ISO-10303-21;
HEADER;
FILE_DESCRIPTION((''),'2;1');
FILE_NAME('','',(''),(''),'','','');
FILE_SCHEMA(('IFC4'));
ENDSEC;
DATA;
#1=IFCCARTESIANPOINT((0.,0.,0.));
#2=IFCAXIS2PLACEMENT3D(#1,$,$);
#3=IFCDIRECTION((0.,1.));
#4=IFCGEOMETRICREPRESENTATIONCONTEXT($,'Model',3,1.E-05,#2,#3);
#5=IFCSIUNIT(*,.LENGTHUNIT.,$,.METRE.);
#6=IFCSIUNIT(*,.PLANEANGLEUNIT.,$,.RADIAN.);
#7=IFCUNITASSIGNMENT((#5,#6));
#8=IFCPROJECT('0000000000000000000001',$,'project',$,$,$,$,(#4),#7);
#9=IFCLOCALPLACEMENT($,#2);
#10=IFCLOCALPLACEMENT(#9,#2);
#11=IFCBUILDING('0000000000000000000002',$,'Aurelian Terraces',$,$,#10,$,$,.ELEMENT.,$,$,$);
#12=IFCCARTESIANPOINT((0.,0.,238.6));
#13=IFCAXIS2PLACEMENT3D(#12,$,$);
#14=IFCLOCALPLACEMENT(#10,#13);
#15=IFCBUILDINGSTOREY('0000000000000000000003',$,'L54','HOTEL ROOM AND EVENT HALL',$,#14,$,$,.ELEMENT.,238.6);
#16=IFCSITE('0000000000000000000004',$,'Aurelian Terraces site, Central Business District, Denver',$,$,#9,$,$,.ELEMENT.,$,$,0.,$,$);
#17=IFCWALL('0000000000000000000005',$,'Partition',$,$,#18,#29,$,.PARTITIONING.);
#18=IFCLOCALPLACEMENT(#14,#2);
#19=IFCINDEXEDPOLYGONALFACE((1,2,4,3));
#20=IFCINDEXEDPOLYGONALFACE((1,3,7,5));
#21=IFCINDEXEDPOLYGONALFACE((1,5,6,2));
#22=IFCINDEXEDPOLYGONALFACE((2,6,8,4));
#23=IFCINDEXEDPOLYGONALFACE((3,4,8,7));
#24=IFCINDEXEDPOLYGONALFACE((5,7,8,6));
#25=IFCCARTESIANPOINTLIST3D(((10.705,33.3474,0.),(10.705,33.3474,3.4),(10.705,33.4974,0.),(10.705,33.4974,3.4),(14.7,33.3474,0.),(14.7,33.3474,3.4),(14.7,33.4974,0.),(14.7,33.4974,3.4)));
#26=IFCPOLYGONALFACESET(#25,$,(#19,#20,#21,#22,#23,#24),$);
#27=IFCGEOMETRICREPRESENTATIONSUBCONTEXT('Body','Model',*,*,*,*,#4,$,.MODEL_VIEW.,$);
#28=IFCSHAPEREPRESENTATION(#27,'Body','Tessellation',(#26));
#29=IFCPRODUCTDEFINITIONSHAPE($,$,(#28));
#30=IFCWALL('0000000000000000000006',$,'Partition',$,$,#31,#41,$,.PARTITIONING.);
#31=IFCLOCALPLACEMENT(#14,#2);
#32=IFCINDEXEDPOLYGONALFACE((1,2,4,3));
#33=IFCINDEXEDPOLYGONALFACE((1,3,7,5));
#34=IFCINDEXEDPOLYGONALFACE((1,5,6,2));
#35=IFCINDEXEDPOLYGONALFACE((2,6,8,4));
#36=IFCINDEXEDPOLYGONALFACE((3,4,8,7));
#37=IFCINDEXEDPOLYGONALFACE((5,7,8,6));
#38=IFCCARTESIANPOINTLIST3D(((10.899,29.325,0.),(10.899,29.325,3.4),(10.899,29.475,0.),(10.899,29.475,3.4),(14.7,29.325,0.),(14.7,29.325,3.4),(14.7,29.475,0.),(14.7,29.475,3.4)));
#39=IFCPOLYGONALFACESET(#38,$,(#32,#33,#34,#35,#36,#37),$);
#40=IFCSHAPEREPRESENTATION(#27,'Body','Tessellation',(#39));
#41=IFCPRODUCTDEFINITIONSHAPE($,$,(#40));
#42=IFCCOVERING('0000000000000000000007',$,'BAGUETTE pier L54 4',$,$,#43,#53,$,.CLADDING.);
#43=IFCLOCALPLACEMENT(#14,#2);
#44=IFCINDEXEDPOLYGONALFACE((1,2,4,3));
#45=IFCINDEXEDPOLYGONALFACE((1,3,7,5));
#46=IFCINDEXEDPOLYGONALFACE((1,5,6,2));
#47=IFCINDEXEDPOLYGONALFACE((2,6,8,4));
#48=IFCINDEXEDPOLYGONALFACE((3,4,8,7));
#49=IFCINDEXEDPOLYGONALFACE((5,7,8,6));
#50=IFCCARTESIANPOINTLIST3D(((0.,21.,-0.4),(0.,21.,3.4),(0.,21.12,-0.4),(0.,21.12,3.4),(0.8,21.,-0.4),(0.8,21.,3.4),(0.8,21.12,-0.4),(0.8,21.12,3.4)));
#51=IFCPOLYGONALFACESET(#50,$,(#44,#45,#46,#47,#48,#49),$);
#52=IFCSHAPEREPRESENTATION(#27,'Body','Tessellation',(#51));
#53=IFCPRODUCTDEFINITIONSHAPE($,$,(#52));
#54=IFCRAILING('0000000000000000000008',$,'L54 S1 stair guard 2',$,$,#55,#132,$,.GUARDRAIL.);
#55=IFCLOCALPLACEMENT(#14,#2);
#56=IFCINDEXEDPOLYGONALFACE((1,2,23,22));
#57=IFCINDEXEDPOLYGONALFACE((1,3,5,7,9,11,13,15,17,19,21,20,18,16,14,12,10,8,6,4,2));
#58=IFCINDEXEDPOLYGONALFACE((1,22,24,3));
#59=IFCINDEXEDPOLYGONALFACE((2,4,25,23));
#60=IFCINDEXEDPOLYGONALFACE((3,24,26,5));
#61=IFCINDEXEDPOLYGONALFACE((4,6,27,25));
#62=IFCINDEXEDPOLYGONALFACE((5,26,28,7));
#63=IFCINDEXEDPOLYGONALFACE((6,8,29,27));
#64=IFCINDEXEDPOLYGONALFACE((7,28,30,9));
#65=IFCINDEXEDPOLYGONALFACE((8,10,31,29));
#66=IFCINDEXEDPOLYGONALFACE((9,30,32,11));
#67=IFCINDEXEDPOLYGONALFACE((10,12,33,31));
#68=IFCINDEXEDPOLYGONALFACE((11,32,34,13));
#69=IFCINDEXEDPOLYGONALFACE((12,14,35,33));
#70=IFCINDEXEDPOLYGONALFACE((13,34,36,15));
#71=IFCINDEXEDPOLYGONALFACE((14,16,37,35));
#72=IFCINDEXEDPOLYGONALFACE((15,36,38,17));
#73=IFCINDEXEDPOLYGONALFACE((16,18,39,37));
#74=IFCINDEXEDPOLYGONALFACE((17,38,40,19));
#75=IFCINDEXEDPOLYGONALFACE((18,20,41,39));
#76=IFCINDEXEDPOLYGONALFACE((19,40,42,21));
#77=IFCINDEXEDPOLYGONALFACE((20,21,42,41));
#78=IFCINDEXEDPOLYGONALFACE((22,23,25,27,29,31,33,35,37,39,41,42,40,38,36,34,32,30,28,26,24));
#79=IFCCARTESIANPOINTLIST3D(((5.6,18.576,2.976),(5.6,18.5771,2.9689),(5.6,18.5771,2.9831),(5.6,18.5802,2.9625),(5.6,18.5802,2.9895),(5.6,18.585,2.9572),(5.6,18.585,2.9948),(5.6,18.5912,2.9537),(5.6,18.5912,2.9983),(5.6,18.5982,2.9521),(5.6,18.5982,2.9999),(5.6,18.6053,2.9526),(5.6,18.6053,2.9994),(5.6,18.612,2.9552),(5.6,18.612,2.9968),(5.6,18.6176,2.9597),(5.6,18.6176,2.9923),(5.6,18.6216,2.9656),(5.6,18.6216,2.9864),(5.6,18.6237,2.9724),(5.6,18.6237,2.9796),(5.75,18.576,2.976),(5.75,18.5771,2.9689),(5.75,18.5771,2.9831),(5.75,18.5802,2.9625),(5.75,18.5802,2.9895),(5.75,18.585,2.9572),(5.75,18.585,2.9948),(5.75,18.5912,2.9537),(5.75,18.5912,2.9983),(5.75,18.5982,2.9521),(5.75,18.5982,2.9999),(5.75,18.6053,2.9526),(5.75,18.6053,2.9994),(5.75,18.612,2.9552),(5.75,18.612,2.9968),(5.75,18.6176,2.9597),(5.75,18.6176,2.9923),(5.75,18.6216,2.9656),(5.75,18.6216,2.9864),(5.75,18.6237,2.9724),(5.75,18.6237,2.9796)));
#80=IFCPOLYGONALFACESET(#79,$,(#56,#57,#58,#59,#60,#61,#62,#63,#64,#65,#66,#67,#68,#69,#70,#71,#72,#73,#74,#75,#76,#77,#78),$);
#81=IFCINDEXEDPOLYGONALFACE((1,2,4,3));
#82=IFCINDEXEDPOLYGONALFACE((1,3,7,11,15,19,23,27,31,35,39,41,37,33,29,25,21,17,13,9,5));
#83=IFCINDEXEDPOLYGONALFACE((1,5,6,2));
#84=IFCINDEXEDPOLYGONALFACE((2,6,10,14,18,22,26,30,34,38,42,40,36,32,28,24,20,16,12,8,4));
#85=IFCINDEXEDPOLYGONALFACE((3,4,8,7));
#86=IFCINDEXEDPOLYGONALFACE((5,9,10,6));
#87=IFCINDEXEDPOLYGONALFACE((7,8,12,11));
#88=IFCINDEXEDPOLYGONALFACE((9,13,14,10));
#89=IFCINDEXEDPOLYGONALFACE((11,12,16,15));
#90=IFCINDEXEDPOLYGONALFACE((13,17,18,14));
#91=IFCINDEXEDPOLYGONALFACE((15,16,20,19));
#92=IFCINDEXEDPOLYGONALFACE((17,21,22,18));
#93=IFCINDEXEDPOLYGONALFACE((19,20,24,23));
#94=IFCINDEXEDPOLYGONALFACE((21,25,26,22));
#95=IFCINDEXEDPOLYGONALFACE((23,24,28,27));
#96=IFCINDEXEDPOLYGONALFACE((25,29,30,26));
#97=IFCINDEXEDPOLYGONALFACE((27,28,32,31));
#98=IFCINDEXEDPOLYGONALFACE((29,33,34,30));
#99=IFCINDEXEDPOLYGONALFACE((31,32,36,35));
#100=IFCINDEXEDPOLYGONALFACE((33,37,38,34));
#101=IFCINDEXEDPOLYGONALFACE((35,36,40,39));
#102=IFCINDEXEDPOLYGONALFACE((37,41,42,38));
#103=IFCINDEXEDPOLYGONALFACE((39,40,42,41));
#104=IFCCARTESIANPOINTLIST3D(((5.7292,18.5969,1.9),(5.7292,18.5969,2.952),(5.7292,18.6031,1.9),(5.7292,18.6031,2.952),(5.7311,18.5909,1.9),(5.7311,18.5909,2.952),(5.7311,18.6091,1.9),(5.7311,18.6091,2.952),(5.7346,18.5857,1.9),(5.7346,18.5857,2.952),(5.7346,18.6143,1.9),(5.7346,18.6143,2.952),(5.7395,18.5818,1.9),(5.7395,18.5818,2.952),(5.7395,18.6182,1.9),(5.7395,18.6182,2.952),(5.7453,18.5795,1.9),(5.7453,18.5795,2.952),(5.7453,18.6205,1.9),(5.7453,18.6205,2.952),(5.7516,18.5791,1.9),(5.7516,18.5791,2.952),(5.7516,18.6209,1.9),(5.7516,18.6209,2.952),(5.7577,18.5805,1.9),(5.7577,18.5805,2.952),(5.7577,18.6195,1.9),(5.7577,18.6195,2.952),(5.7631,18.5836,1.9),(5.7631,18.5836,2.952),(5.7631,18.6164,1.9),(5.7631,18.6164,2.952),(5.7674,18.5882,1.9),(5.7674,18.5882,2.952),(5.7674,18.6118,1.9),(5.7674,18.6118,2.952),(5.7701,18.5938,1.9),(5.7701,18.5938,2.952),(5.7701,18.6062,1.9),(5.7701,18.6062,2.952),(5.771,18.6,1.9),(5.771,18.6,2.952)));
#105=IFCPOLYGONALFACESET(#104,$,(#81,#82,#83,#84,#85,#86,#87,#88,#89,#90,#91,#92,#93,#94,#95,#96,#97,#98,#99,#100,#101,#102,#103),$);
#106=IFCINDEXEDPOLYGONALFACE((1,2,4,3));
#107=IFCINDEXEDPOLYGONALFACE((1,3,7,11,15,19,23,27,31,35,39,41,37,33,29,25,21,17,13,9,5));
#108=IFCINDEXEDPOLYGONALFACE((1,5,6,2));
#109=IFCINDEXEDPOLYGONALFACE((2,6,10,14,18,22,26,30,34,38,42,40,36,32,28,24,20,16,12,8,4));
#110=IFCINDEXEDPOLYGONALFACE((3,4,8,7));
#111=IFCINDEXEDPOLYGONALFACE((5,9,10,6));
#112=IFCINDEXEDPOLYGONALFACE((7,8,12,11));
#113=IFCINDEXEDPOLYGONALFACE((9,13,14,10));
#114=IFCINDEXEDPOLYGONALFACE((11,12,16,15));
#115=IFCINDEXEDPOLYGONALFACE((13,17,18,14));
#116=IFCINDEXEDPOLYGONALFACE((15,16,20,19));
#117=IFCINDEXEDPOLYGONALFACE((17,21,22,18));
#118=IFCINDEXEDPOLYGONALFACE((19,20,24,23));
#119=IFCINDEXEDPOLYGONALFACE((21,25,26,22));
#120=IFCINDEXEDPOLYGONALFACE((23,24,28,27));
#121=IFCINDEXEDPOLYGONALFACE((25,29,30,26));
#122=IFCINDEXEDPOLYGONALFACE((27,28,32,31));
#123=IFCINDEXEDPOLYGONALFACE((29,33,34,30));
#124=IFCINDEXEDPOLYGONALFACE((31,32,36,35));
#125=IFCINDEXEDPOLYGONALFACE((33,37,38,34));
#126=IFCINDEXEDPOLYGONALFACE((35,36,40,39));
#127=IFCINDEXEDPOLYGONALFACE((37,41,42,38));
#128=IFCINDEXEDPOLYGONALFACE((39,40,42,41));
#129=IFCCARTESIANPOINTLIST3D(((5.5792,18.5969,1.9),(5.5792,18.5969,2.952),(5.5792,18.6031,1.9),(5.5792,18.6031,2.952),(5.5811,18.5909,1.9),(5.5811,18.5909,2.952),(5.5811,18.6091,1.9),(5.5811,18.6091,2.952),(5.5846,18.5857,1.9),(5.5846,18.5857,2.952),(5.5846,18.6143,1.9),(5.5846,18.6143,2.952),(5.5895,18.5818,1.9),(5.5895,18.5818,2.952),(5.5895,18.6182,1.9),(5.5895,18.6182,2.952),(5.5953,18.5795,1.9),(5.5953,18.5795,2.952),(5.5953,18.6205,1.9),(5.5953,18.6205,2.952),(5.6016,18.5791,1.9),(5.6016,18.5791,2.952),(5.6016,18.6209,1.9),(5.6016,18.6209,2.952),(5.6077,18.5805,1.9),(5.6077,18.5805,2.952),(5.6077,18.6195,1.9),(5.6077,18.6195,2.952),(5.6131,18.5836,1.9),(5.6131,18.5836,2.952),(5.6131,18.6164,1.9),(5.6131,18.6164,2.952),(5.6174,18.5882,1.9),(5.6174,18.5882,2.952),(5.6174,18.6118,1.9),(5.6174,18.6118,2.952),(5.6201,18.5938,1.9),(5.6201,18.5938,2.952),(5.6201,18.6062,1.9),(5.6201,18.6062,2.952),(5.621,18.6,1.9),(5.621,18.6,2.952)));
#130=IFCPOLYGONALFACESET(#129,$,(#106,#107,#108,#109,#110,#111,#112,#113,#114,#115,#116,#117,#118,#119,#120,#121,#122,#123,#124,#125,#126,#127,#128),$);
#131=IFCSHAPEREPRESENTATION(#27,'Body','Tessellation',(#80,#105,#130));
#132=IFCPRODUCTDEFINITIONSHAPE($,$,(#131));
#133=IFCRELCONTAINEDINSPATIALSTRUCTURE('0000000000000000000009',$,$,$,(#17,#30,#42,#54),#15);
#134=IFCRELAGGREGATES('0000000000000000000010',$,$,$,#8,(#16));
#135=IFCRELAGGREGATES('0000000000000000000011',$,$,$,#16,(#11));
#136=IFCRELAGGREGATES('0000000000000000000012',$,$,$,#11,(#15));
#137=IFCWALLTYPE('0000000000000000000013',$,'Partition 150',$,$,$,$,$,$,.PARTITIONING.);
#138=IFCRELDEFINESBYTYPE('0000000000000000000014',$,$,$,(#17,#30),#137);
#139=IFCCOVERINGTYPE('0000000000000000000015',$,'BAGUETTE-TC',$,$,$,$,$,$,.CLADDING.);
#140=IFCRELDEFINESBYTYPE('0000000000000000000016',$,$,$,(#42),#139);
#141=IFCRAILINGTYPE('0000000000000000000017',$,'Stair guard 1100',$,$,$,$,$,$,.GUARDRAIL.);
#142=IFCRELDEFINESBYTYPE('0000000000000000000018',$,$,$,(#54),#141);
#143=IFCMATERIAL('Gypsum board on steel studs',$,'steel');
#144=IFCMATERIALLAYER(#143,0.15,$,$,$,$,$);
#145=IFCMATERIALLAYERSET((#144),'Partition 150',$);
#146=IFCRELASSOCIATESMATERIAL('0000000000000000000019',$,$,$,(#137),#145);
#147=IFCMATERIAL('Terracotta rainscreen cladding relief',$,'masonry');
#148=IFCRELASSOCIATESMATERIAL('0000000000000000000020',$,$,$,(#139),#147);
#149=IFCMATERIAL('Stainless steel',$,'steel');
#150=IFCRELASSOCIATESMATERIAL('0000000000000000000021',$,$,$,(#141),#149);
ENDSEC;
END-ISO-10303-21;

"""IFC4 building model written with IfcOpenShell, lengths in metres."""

from ifc_helpers import new_model, si_unit, direction, frame, frame_2d, origin, origin_2d, place, context, subcontext, project, spatial, rectangle, circle, extrude, source, transform, mapped, material, layer, layer_set, type_object, element, save


model = new_model("IFC4")

# Units and contexts
model_context = context("Model", 3, precision=1e-05, world=origin(), true_north=direction((0.0, 1.0)))
body_context = subcontext(model_context, "Body", "Model", "MODEL_VIEW")
ifc_project = project(units=[si_unit("LENGTHUNIT", "METRE"), si_unit("PLANEANGLEUNIT", "RADIAN")], contexts=[model_context])

# Site, building, storey
site_placement = place(None, origin())
site = spatial("IfcSite", under=ifc_project, at=site_placement, Name="Aurelian Terraces site, Central Business District, Denver", CompositionType="ELEMENT", RefElevation=0.0)
building_placement = place(site_placement, origin())
building = spatial("IfcBuilding", under=site, at=building_placement, Name="Aurelian Terraces", CompositionType="ELEMENT")
storey_placement = place(building_placement, frame((0.0, 0.0, 238.6)))
storey = spatial("IfcBuildingStorey", under=building, at=storey_placement, Name="L54", Description="HOTEL ROOM AND EVENT HALL", CompositionType="ELEMENT", Elevation=238.6)

# Shared definitions
ifc_material_1 = material(Name="Gypsum board on steel studs", Category="steel")
ifc_layer_1 = layer(ifc_material_1, 0.15)
ifc_layer_set_1 = layer_set([ifc_layer_1], Name="Partition 150")
wall_type_1 = type_object("IfcWallType", Name="Partition 150", PredefinedType="PARTITIONING", material=ifc_layer_set_1)
shared_shape_1 = source(origin(), body_context, "Body", "SweptSolid", [
    extrude(rectangle(XDim=3.995, YDim=0.15, at=frame_2d((1.9975, 0.0))), origin(), (0.0, 0.0, 1.0), 3.4),
])

# Walls
wall_1_placement = place(storey_placement, frame((14.7, 33.4224, 0.0), z_axis=(0.0, 0.0, 1.0), x_axis=(-1.0, 0.0, 0.0)))
element("IfcWall", 1, at=wall_1_placement, inside=storey, type_object=wall_type_1, Name="Partition", PredefinedType="PARTITIONING", context=body_context, shape_type="MappedRepresentation", body=[
    mapped(shared_shape_1, transform((0.0, 0.0, 0.0), scale=1.0)),
])
shared_shape_2 = source(origin(), body_context, "Body", "SweptSolid", [
    extrude(rectangle(XDim=3.801, YDim=0.15, at=frame_2d((1.9005, 0.0))), origin(), (0.0, 0.0, 1.0), 3.4),
])
wall_2_placement = place(storey_placement, frame((14.7, 29.4, 0.0), z_axis=(0.0, 0.0, 1.0), x_axis=(-1.0, 0.0, 0.0)))
element("IfcWall", 2, at=wall_2_placement, inside=storey, type_object=wall_type_1, Name="Partition", PredefinedType="PARTITIONING", context=body_context, shape_type="MappedRepresentation", body=[
    mapped(shared_shape_2, transform((0.0, 0.0, 0.0), scale=1.0)),
])

# Covering
ifc_material_2 = material(Name="Terracotta rainscreen cladding relief", Category="masonry")
covering_type = type_object("IfcCoveringType", Name="BAGUETTE-TC", PredefinedType="CLADDING", material=ifc_material_2)
shared_shape_3 = source(origin(), body_context, "Body", "SweptSolid", [
    extrude(rectangle(XDim=0.8, YDim=0.12, at=origin_2d()), origin(), (0.0, 0.0, 1.0), 3.8),
])
covering_placement = place(storey_placement, frame((0.4, 21.06, -0.4), z_axis=(0.0, 0.0, 1.0), x_axis=(1.0, 0.0, 0.0)))
element("IfcCovering", 3, at=covering_placement, inside=storey, type_object=covering_type, Name="BAGUETTE pier L54 4", PredefinedType="CLADDING", context=body_context, shape_type="MappedRepresentation", body=[
    mapped(shared_shape_3, transform((0.0, 0.0, 0.0), scale=1.0)),
])

# Railing
ifc_material_3 = material(Name="Stainless steel", Category="steel")
railing_type = type_object("IfcRailingType", Name="Stair guard 1100", PredefinedType="GUARDRAIL", material=ifc_material_3)
shared_shape_4 = source(origin(), body_context, "Body", "SweptSolid", [
    extrude(circle(Radius=0.024, at=origin_2d()), frame((0.0, 0.0, 1.076), z_axis=(-1.0, 0.0, 0.0), x_axis=(0.0, -1.0, 0.0)), (0.0, 0.0, 1.0), 0.15),
    extrude(circle(Radius=0.021, at=origin_2d()), origin(), (0.0, 0.0, 1.0), 1.052),
    extrude(circle(Radius=0.021, at=origin_2d()), frame((-0.15, 0.0, 0.0)), (0.0, 0.0, 1.0), 1.052),
])
railing_placement = place(storey_placement, frame((5.75, 18.6, 1.9)))
element("IfcRailing", 4, at=railing_placement, inside=storey, type_object=railing_type, Name="L54 S1 stair guard 2", PredefinedType="GUARDRAIL", context=body_context, shape_type="MappedRepresentation", body=[
    mapped(shared_shape_4, transform((0.0, 0.0, 0.0), scale=1.0)),
])

save(model, "model.ifc")
